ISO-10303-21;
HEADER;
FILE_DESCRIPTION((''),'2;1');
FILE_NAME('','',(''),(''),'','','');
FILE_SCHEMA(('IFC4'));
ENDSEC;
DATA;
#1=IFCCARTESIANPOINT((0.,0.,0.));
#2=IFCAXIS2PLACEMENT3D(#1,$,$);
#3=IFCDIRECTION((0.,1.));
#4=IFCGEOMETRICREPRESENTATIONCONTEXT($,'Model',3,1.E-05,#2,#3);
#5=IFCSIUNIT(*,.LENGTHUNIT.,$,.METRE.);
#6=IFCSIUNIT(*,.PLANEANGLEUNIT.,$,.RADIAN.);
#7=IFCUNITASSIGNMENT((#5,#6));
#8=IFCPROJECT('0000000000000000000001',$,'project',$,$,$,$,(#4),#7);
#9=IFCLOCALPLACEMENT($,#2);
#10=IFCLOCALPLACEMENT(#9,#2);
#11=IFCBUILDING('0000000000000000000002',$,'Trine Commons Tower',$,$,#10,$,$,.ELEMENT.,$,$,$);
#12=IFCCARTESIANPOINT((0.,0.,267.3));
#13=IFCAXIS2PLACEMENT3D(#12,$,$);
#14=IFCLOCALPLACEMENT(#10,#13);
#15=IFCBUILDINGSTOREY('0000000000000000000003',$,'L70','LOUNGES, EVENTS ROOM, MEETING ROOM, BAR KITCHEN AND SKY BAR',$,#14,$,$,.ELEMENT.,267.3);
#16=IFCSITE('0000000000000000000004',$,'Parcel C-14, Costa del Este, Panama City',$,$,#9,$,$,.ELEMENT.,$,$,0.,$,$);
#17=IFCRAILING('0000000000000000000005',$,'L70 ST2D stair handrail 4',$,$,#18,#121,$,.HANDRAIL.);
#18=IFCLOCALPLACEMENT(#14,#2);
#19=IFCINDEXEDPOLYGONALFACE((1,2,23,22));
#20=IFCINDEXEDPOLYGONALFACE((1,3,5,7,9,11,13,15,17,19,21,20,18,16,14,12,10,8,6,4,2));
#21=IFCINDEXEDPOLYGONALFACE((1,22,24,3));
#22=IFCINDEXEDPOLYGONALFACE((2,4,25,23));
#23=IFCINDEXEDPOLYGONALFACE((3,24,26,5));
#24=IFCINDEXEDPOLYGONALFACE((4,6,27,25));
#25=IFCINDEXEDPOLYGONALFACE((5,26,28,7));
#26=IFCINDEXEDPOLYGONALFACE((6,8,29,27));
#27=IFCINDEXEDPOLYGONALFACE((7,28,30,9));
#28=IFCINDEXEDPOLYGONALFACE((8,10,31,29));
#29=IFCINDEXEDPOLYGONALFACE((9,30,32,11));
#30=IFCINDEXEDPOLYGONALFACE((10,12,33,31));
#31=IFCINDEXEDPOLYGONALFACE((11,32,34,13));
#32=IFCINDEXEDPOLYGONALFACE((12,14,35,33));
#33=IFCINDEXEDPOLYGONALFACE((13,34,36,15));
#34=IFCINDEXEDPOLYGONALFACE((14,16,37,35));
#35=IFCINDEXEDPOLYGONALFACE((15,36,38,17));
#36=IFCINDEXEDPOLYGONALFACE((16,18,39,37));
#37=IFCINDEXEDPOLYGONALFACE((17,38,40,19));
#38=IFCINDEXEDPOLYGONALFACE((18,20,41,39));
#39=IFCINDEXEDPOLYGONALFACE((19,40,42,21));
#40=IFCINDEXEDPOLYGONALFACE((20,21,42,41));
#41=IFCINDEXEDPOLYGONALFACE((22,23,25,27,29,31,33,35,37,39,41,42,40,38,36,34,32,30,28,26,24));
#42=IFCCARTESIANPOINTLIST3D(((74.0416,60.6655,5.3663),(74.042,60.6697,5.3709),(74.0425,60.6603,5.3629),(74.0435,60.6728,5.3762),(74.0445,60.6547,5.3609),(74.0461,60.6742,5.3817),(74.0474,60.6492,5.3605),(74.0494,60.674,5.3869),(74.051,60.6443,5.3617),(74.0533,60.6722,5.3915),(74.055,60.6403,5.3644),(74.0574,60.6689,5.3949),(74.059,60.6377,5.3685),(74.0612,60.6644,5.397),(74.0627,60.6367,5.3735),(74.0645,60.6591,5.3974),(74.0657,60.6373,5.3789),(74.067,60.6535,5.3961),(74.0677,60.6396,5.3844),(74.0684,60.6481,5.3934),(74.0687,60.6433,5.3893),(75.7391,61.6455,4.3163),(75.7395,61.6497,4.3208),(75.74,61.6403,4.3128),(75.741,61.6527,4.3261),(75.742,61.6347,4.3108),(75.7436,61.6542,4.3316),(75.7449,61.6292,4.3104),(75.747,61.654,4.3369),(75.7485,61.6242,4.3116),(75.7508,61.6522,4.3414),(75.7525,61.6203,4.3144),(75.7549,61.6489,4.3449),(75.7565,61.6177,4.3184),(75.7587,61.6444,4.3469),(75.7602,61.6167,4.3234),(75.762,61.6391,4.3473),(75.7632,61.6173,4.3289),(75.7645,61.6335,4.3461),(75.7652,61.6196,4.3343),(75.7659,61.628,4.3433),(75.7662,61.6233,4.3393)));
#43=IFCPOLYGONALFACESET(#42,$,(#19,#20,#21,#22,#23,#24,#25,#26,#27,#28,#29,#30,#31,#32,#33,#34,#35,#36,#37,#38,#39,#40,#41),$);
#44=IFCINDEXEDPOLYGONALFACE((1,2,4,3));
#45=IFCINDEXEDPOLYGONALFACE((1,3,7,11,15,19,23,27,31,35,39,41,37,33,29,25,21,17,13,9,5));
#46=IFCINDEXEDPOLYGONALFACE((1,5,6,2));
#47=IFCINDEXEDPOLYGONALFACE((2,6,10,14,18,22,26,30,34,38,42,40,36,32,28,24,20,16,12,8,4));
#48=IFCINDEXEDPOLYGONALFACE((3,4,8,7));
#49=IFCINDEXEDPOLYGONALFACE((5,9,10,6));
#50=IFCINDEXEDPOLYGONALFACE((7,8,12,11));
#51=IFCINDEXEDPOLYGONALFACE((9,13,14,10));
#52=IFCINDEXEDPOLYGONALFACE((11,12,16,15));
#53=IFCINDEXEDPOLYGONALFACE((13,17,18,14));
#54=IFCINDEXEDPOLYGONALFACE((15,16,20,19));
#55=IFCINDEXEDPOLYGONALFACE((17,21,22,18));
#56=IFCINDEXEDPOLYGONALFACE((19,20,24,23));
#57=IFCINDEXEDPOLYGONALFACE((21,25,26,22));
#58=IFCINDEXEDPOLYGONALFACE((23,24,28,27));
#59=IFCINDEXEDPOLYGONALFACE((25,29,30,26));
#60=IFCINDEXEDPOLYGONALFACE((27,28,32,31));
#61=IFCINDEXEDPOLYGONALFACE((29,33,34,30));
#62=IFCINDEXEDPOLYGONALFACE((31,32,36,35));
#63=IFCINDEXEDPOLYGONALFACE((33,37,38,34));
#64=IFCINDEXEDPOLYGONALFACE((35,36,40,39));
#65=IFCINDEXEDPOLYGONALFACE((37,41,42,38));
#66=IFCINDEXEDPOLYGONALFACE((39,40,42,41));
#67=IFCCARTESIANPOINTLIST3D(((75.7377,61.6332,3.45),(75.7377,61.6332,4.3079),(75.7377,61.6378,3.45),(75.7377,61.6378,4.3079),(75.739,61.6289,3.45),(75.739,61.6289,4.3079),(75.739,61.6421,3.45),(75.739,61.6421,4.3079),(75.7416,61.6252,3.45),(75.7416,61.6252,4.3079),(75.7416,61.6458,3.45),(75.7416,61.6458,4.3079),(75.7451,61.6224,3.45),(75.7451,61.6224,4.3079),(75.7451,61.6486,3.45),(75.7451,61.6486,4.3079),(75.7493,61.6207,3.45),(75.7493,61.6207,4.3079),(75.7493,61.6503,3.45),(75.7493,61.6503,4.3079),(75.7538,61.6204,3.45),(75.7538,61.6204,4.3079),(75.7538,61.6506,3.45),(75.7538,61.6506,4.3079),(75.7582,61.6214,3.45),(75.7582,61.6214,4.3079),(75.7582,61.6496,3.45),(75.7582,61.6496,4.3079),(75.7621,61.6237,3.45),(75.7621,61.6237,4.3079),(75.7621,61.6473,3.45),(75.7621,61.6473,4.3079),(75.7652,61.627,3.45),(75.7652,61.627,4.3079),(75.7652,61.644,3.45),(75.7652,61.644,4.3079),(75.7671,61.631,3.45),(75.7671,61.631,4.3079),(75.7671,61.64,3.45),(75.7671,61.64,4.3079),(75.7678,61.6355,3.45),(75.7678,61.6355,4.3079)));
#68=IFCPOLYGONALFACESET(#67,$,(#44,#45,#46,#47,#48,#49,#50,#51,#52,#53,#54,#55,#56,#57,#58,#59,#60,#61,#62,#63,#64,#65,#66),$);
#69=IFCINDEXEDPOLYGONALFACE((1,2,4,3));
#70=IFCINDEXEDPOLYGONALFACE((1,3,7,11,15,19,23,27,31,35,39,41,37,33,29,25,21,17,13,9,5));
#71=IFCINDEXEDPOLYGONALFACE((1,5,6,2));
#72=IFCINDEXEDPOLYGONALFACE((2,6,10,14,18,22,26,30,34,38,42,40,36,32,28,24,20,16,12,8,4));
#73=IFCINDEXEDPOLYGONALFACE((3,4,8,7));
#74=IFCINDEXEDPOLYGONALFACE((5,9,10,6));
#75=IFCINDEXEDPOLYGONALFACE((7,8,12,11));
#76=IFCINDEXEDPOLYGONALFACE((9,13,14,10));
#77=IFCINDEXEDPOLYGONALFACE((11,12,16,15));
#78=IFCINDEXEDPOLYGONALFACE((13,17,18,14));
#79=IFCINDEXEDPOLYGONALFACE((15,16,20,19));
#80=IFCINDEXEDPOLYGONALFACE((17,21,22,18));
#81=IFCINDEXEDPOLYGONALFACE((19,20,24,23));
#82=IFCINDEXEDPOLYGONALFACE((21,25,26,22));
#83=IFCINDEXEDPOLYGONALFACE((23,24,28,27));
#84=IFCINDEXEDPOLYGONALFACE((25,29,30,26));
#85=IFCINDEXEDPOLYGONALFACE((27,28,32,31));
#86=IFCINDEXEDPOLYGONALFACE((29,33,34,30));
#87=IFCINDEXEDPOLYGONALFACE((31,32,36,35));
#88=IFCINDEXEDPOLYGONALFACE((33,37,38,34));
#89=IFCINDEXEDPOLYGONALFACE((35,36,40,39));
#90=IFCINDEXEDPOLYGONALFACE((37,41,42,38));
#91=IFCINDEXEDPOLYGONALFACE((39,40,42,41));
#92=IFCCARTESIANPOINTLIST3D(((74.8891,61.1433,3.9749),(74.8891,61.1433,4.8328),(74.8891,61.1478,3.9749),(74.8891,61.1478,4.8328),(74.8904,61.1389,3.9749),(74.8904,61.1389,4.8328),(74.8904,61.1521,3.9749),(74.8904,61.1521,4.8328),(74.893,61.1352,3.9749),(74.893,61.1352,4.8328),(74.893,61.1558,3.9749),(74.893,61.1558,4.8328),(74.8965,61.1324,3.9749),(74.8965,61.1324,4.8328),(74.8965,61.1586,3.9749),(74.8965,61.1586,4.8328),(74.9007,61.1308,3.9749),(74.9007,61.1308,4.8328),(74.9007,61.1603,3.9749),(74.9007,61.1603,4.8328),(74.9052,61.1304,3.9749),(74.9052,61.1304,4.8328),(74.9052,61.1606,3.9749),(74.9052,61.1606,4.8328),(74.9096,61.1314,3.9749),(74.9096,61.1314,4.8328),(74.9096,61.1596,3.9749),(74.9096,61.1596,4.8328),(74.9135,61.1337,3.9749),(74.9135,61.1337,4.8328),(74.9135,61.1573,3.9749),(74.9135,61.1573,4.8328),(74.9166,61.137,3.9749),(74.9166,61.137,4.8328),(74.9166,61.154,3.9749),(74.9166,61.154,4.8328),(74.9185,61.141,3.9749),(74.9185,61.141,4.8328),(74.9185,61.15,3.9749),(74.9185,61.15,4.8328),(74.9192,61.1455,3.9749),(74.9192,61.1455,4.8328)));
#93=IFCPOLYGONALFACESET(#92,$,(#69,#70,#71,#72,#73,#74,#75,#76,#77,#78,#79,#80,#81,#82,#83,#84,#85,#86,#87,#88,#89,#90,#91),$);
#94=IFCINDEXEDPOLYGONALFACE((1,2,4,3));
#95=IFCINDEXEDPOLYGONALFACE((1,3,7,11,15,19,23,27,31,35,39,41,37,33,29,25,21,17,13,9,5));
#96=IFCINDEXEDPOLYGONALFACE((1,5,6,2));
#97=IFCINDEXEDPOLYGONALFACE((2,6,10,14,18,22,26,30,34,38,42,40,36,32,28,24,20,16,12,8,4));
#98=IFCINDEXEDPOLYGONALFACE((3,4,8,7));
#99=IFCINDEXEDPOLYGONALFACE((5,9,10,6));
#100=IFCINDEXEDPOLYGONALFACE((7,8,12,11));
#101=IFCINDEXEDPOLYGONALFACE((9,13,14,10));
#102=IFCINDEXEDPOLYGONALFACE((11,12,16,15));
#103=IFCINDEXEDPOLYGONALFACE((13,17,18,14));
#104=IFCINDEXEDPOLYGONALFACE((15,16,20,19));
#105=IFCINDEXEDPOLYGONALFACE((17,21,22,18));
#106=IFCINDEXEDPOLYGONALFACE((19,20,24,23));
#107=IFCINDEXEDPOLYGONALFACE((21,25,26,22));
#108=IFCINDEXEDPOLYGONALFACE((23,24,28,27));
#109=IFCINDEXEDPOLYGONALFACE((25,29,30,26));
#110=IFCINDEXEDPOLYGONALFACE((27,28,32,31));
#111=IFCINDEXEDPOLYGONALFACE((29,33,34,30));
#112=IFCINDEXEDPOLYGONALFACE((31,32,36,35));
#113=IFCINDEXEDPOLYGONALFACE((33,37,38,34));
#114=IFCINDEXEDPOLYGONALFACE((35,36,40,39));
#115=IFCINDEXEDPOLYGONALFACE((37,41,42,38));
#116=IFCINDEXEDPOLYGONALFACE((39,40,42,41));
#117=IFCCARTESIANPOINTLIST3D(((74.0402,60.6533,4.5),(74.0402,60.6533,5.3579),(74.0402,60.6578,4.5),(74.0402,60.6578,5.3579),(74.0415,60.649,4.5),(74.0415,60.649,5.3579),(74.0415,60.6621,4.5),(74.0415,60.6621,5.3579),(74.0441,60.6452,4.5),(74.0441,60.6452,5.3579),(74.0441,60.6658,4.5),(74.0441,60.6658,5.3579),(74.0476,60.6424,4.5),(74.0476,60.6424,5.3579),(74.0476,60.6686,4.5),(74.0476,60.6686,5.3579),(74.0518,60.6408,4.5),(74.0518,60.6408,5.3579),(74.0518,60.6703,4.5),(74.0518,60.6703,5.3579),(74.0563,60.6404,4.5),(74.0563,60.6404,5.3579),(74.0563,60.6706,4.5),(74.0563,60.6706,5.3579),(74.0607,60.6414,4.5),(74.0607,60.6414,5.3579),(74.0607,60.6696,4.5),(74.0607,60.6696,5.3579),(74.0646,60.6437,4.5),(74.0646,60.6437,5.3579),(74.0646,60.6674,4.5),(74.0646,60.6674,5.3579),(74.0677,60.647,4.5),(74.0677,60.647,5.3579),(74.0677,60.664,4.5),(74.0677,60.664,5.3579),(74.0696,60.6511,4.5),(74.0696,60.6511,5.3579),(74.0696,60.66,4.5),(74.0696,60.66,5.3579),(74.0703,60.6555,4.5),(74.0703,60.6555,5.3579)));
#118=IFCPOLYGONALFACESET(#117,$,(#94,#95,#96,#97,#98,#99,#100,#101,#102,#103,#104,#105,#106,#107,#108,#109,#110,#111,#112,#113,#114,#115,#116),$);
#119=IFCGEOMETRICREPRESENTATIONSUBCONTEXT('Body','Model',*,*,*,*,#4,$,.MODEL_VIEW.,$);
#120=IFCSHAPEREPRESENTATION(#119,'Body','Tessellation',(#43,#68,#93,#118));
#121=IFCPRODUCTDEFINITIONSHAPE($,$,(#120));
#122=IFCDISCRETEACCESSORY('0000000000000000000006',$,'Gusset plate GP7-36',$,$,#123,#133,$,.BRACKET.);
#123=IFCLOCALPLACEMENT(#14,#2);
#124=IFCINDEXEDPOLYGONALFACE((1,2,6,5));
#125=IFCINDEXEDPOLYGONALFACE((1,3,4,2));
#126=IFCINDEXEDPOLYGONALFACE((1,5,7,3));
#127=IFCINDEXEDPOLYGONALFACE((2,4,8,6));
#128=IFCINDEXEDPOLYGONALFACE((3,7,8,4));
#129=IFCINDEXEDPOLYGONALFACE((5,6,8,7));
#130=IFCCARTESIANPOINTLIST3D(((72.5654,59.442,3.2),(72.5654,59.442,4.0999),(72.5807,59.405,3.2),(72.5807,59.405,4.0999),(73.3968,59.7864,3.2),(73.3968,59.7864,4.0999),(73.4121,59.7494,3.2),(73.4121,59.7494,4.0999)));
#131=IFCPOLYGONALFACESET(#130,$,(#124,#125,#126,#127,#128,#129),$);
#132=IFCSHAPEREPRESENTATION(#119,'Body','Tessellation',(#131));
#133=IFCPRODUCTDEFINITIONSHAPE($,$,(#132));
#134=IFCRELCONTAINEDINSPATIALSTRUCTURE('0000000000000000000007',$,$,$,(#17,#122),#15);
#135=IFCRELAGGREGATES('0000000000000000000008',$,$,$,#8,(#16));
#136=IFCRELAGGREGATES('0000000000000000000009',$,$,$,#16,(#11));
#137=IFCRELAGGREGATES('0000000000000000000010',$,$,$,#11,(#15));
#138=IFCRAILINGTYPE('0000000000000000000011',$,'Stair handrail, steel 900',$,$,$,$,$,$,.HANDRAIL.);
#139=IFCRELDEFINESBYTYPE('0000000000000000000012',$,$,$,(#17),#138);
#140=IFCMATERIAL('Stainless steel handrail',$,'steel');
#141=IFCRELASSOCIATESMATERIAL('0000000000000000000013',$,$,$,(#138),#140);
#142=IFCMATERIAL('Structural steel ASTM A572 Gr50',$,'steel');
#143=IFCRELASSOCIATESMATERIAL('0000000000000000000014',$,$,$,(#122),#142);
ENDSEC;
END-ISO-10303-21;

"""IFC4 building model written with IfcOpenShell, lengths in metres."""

from ifc_helpers import new_model, si_unit, direction, frame, origin, origin_2d, place, context, subcontext, project, spatial, rectangle, circle, extrude, material, type_object, element, save


model = new_model("IFC4")

# Units and contexts
model_context = context("Model", 3, precision=1e-05, world=origin(), true_north=direction((0.0, 1.0)))
body_context = subcontext(model_context, "Body", "Model", "MODEL_VIEW")
ifc_project = project(units=[si_unit("LENGTHUNIT", "METRE"), si_unit("PLANEANGLEUNIT", "RADIAN")], contexts=[model_context])

# Site, building, storey
site_placement = place(None, origin())
site = spatial("IfcSite", under=ifc_project, at=site_placement, Name="Parcel C-14, Costa del Este, Panama City", CompositionType="ELEMENT", RefElevation=0.0)
building_placement = place(site_placement, origin())
building = spatial("IfcBuilding", under=site, at=building_placement, Name="Trine Commons Tower", CompositionType="ELEMENT")
storey_placement = place(building_placement, frame((0.0, 0.0, 267.3)))
storey = spatial("IfcBuildingStorey", under=building, at=storey_placement, Name="L70", Description="LOUNGES, EVENTS ROOM, MEETING ROOM, BAR KITCHEN AND SKY BAR", CompositionType="ELEMENT", Elevation=267.3)

# Railing
ifc_material_1 = material(Name="Stainless steel handrail", Category="steel")
railing_type_1 = type_object("IfcRailingType", Name="Stair handrail, steel 900", PredefinedType="HANDRAIL", material=ifc_material_1)
railing_1_placement = place(storey_placement, frame((75.7527, 61.6355, 3.45)))
element("IfcRailing", 1, at=railing_1_placement, inside=storey, type_object=railing_type_1, Name="L70 ST2D stair handrail 4", PredefinedType="HANDRAIL", context=body_context, shape_type="SweptSolid", body=[
    extrude(circle(Radius=0.021, at=origin_2d()), frame((0.0, 0.0, 0.8789), z_axis=(-0.763398, -0.440713, 0.472224), x_axis=(0.49997, -0.866042, 0.0)), (0.0, 0.0, 1.0), 2.2236),
    extrude(circle(Radius=0.0151, at=origin_2d()), origin(), (0.0, 0.0, 1.0), 0.8579),
    extrude(circle(Radius=0.0151, at=origin_2d()), frame((-0.8486, -0.49, 0.5249)), (0.0, 0.0, 1.0), 0.8579),
    extrude(circle(Radius=0.0151, at=origin_2d()), frame((-1.6975, -0.98, 1.05)), (0.0, 0.0, 1.0), 0.8579),
])

# Discrete accessory
ifc_material_2 = material(Name="Structural steel ASTM A572 Gr50", Category="steel")
discrete_accessory_placement = place(storey_placement, frame((72.9888, 59.5957, 3.2), z_axis=(0.0, 0.0, 1.0), x_axis=(-0.92388, -0.382683, 0.0)))
element("IfcDiscreteAccessory", 2, at=discrete_accessory_placement, inside=storey, material=ifc_material_2, Name="Gusset plate GP7-36", PredefinedType="BRACKET", context=body_context, shape_type="SweptSolid", body=[
    extrude(rectangle(XDim=0.8999, YDim=0.04, at=origin_2d()), origin(), (0.0, 0.0, 1.0), 0.8999),
])

save(model, "model.ifc")
